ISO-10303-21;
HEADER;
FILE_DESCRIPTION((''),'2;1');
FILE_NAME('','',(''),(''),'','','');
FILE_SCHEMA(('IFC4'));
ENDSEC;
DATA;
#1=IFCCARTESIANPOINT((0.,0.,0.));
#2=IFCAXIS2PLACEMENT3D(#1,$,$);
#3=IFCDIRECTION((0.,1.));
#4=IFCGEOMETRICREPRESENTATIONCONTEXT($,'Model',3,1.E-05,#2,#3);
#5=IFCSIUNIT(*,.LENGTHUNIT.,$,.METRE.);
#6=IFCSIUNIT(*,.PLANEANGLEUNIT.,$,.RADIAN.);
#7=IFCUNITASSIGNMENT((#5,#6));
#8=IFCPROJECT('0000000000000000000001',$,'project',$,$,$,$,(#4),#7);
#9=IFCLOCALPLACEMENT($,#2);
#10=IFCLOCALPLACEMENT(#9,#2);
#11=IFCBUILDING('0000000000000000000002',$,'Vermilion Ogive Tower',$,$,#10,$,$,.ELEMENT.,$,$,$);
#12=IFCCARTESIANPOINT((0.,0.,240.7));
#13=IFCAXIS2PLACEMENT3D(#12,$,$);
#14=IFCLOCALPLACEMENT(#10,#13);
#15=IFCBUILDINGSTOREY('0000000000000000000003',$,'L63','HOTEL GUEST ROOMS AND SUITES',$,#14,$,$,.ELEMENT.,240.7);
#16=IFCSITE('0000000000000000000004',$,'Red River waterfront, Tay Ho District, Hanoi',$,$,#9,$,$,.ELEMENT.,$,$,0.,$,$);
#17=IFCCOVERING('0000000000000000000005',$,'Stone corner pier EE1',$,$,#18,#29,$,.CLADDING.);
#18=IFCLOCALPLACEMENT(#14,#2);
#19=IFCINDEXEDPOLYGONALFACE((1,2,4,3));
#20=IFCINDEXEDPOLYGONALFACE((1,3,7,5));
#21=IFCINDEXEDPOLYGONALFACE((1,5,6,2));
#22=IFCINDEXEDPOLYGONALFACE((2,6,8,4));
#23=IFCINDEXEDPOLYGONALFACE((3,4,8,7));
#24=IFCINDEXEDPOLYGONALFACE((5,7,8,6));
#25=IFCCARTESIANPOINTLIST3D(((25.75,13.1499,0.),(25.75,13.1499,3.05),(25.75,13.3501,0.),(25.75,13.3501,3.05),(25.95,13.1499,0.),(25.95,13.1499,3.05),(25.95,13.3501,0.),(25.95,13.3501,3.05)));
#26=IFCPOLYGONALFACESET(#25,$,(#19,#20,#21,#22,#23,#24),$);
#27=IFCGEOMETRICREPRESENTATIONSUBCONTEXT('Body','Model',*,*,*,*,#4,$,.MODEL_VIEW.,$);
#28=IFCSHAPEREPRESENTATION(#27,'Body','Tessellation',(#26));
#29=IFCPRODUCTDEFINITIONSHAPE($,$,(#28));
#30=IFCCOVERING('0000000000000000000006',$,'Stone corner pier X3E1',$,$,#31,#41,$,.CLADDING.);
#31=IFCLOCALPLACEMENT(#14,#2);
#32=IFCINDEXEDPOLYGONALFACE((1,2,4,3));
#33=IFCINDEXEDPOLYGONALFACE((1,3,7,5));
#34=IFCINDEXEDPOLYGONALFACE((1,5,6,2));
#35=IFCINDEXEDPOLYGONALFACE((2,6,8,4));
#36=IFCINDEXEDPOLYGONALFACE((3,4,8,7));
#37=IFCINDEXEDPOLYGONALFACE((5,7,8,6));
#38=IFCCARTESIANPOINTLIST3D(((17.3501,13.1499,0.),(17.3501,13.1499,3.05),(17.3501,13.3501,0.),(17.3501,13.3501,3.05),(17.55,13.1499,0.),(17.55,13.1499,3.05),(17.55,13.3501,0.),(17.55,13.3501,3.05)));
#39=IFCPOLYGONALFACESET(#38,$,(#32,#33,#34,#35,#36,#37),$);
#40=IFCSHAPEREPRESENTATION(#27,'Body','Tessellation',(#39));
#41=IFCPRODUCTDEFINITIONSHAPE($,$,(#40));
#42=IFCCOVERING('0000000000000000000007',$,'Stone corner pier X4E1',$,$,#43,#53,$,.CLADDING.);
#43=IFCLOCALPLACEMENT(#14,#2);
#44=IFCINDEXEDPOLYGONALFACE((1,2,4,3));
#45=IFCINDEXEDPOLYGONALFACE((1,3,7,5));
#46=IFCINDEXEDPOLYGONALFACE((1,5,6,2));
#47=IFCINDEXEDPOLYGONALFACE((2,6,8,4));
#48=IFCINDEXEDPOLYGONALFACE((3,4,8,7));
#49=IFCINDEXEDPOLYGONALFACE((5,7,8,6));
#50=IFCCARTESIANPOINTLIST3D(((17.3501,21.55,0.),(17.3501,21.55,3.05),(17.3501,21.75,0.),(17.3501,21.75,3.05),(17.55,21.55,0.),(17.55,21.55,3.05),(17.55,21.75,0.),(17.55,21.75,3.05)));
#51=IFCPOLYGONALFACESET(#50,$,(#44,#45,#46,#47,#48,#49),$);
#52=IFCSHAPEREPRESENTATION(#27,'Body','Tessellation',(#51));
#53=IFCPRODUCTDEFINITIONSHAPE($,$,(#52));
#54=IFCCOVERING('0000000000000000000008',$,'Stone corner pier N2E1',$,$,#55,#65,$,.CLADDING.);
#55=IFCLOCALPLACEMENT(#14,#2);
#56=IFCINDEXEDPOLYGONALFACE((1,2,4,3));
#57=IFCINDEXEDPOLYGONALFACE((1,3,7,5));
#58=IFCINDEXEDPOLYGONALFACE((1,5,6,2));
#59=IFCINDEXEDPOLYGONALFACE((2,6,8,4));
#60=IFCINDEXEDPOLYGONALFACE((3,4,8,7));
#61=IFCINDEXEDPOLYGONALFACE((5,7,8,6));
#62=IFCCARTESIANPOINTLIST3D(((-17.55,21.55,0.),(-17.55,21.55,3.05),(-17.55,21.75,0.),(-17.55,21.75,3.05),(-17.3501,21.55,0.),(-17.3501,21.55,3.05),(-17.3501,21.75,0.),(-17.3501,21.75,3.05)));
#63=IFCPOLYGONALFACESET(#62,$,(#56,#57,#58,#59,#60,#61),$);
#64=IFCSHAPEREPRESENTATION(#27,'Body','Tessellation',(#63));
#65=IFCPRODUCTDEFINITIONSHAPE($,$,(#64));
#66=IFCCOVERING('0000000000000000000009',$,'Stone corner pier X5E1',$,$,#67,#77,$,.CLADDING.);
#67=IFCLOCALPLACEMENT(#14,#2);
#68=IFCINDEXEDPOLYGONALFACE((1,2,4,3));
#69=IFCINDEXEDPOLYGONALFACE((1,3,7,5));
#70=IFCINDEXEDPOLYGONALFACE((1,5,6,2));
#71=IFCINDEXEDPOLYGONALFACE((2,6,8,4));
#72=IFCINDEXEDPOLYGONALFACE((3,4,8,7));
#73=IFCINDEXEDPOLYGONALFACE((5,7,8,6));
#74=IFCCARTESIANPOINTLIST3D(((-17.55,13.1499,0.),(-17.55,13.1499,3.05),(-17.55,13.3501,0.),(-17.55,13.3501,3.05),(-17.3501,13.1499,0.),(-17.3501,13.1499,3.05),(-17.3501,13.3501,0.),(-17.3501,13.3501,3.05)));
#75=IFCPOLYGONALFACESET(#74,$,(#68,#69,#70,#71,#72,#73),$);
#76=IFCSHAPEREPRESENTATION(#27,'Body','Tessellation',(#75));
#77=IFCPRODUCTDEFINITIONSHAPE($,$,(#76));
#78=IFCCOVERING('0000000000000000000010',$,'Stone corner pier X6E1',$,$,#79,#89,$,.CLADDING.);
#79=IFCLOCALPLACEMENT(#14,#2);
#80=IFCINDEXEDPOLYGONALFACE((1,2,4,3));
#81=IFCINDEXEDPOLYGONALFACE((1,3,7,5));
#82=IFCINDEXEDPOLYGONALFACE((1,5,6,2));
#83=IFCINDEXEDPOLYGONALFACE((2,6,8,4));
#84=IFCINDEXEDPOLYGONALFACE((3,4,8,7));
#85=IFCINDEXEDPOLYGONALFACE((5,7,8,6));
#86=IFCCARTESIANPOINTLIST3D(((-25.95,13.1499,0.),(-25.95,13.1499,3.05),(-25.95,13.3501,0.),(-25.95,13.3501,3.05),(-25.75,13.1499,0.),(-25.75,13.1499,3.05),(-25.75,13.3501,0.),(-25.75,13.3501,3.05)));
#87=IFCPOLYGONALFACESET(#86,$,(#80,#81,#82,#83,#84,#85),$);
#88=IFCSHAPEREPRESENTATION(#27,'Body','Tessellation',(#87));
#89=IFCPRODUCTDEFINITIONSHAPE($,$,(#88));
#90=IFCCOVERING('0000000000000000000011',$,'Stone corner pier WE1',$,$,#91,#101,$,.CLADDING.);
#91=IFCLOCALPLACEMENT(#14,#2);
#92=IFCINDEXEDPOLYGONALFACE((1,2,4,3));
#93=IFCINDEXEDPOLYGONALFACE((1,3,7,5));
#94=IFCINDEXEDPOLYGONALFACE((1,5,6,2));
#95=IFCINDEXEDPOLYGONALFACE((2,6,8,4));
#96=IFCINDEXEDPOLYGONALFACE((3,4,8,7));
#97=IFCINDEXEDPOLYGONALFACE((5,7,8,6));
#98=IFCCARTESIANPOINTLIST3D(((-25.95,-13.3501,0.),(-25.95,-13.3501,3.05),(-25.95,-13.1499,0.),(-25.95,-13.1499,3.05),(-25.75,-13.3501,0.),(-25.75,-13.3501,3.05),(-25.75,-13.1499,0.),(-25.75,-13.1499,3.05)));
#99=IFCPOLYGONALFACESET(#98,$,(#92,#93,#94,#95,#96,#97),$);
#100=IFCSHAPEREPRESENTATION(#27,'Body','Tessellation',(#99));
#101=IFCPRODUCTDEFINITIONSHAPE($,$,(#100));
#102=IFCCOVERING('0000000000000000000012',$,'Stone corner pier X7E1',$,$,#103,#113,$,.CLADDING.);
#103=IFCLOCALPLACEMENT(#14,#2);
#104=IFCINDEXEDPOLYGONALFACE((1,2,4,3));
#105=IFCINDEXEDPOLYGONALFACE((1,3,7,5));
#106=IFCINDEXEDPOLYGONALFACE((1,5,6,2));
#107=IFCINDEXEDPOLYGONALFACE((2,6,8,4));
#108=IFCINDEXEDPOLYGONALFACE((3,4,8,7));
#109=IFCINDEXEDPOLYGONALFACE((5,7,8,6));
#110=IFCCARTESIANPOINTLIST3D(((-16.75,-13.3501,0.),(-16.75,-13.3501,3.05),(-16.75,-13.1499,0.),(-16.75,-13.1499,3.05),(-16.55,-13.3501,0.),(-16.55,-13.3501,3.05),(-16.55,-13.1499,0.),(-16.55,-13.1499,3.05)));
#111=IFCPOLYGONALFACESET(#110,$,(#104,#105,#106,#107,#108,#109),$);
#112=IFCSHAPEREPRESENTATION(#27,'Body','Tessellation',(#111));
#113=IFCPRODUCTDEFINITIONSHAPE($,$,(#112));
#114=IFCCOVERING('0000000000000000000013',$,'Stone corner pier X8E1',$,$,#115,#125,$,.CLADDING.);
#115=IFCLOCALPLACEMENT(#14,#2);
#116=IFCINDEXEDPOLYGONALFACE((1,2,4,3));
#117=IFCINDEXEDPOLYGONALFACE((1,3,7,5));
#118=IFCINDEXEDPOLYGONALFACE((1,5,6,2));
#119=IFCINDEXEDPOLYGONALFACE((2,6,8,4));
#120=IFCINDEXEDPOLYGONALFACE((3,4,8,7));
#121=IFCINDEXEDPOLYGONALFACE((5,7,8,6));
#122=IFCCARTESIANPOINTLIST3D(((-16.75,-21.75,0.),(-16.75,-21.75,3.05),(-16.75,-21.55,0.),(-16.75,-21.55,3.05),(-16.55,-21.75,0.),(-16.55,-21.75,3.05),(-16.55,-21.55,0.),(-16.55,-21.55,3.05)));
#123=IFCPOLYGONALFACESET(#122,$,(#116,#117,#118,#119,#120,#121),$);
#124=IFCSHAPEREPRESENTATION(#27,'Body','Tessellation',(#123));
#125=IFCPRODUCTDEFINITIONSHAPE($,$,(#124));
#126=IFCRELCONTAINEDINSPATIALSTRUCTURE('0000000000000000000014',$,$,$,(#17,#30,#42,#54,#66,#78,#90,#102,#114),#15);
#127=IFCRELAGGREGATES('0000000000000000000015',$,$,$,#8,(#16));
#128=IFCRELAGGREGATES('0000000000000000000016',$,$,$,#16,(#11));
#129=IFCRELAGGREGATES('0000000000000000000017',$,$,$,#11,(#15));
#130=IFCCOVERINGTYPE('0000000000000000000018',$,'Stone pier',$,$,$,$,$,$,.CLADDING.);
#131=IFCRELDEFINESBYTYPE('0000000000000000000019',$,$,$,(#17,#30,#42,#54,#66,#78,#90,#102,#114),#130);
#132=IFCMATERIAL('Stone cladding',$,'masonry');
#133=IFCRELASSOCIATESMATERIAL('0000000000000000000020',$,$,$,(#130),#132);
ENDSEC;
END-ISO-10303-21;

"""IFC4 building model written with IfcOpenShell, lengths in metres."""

from ifc_helpers import new_model, si_unit, direction, frame, origin, place, context, subcontext, project, spatial, polyline, outline, extrude, material, type_object, element, save


model = new_model("IFC4")

# Units and contexts
model_context = context("Model", 3, precision=1e-05, world=origin(), true_north=direction((0.0, 1.0)))
body_context = subcontext(model_context, "Body", "Model", "MODEL_VIEW")
ifc_project = project(units=[si_unit("LENGTHUNIT", "METRE"), si_unit("PLANEANGLEUNIT", "RADIAN")], contexts=[model_context])

# Site, building, storey
site_placement = place(None, origin())
site = spatial("IfcSite", under=ifc_project, at=site_placement, Name="Red River waterfront, Tay Ho District, Hanoi", CompositionType="ELEMENT", RefElevation=0.0)
building_placement = place(site_placement, origin())
building = spatial("IfcBuilding", under=site, at=building_placement, Name="Vermilion Ogive Tower", CompositionType="ELEMENT")
storey_placement = place(building_placement, frame((0.0, 0.0, 240.7)))
storey = spatial("IfcBuildingStorey", under=building, at=storey_placement, Name="L63", Description="HOTEL GUEST ROOMS AND SUITES", CompositionType="ELEMENT", Elevation=240.7)

# Coverings
ifc_material_1 = material(Name="Stone cladding", Category="masonry")
covering_type_1 = type_object("IfcCoveringType", Name="Stone pier", PredefinedType="CLADDING", material=ifc_material_1)
covering_1_placement = place(storey_placement, origin())
element("IfcCovering", 1, at=covering_1_placement, inside=storey, type_object=covering_type_1, Name="Stone corner pier EE1", PredefinedType="CLADDING", context=body_context, shape_type="SweptSolid", body=[
    extrude(outline(polyline([(25.75, 13.1499), (25.75, 13.3501), (25.95, 13.3501), (25.95, 13.1499), (25.75, 13.1499)])), origin(), (0.0, 0.0, 1.0), 3.05),
])
covering_2_placement = place(storey_placement, origin())
element("IfcCovering", 2, at=covering_2_placement, inside=storey, type_object=covering_type_1, Name="Stone corner pier X3E1", PredefinedType="CLADDING", context=body_context, shape_type="SweptSolid", body=[
    extrude(outline(polyline([(17.3501, 13.1499), (17.3501, 13.3501), (17.55, 13.3501), (17.55, 13.1499), (17.3501, 13.1499)])), origin(), (0.0, 0.0, 1.0), 3.05),
])
covering_3_placement = place(storey_placement, origin())
element("IfcCovering", 3, at=covering_3_placement, inside=storey, type_object=covering_type_1, Name="Stone corner pier X4E1", PredefinedType="CLADDING", context=body_context, shape_type="SweptSolid", body=[
    extrude(outline(polyline([(17.3501, 21.55), (17.3501, 21.75), (17.55, 21.75), (17.55, 21.55), (17.3501, 21.55)])), origin(), (0.0, 0.0, 1.0), 3.05),
])
covering_4_placement = place(storey_placement, origin())
element("IfcCovering", 4, at=covering_4_placement, inside=storey, type_object=covering_type_1, Name="Stone corner pier N2E1", PredefinedType="CLADDING", context=body_context, shape_type="SweptSolid", body=[
    extrude(outline(polyline([(-17.3501, 21.55), (-17.55, 21.55), (-17.55, 21.75), (-17.3501, 21.75), (-17.3501, 21.55)])), origin(), (0.0, 0.0, 1.0), 3.05),
])
covering_5_placement = place(storey_placement, origin())
element("IfcCovering", 5, at=covering_5_placement, inside=storey, type_object=covering_type_1, Name="Stone corner pier X5E1", PredefinedType="CLADDING", context=body_context, shape_type="SweptSolid", body=[
    extrude(outline(polyline([(-17.3501, 13.1499), (-17.55, 13.1499), (-17.55, 13.3501), (-17.3501, 13.3501), (-17.3501, 13.1499)])), origin(), (0.0, 0.0, 1.0), 3.05),
])
covering_6_placement = place(storey_placement, origin())
element("IfcCovering", 6, at=covering_6_placement, inside=storey, type_object=covering_type_1, Name="Stone corner pier X6E1", PredefinedType="CLADDING", context=body_context, shape_type="SweptSolid", body=[
    extrude(outline(polyline([(-25.75, 13.1499), (-25.95, 13.1499), (-25.95, 13.3501), (-25.75, 13.3501), (-25.75, 13.1499)])), origin(), (0.0, 0.0, 1.0), 3.05),
])
covering_7_placement = place(storey_placement, origin())
element("IfcCovering", 7, at=covering_7_placement, inside=storey, type_object=covering_type_1, Name="Stone corner pier WE1", PredefinedType="CLADDING", context=body_context, shape_type="SweptSolid", body=[
    extrude(outline(polyline([(-25.75, -13.1499), (-25.75, -13.3501), (-25.95, -13.3501), (-25.95, -13.1499), (-25.75, -13.1499)])), origin(), (0.0, 0.0, 1.0), 3.05),
])
covering_8_placement = place(storey_placement, origin())
element("IfcCovering", 8, at=covering_8_placement, inside=storey, type_object=covering_type_1, Name="Stone corner pier X7E1", PredefinedType="CLADDING", context=body_context, shape_type="SweptSolid", body=[
    extrude(outline(polyline([(-16.55, -13.1499), (-16.55, -13.3501), (-16.75, -13.3501), (-16.75, -13.1499), (-16.55, -13.1499)])), origin(), (0.0, 0.0, 1.0), 3.05),
])
covering_9_placement = place(storey_placement, origin())
element("IfcCovering", 9, at=covering_9_placement, inside=storey, type_object=covering_type_1, Name="Stone corner pier X8E1", PredefinedType="CLADDING", context=body_context, shape_type="SweptSolid", body=[
    extrude(outline(polyline([(-16.55, -21.55), (-16.55, -21.75), (-16.75, -21.75), (-16.75, -21.55), (-16.55, -21.55)])), origin(), (0.0, 0.0, 1.0), 3.05),
])

save(model, "model.ifc")
